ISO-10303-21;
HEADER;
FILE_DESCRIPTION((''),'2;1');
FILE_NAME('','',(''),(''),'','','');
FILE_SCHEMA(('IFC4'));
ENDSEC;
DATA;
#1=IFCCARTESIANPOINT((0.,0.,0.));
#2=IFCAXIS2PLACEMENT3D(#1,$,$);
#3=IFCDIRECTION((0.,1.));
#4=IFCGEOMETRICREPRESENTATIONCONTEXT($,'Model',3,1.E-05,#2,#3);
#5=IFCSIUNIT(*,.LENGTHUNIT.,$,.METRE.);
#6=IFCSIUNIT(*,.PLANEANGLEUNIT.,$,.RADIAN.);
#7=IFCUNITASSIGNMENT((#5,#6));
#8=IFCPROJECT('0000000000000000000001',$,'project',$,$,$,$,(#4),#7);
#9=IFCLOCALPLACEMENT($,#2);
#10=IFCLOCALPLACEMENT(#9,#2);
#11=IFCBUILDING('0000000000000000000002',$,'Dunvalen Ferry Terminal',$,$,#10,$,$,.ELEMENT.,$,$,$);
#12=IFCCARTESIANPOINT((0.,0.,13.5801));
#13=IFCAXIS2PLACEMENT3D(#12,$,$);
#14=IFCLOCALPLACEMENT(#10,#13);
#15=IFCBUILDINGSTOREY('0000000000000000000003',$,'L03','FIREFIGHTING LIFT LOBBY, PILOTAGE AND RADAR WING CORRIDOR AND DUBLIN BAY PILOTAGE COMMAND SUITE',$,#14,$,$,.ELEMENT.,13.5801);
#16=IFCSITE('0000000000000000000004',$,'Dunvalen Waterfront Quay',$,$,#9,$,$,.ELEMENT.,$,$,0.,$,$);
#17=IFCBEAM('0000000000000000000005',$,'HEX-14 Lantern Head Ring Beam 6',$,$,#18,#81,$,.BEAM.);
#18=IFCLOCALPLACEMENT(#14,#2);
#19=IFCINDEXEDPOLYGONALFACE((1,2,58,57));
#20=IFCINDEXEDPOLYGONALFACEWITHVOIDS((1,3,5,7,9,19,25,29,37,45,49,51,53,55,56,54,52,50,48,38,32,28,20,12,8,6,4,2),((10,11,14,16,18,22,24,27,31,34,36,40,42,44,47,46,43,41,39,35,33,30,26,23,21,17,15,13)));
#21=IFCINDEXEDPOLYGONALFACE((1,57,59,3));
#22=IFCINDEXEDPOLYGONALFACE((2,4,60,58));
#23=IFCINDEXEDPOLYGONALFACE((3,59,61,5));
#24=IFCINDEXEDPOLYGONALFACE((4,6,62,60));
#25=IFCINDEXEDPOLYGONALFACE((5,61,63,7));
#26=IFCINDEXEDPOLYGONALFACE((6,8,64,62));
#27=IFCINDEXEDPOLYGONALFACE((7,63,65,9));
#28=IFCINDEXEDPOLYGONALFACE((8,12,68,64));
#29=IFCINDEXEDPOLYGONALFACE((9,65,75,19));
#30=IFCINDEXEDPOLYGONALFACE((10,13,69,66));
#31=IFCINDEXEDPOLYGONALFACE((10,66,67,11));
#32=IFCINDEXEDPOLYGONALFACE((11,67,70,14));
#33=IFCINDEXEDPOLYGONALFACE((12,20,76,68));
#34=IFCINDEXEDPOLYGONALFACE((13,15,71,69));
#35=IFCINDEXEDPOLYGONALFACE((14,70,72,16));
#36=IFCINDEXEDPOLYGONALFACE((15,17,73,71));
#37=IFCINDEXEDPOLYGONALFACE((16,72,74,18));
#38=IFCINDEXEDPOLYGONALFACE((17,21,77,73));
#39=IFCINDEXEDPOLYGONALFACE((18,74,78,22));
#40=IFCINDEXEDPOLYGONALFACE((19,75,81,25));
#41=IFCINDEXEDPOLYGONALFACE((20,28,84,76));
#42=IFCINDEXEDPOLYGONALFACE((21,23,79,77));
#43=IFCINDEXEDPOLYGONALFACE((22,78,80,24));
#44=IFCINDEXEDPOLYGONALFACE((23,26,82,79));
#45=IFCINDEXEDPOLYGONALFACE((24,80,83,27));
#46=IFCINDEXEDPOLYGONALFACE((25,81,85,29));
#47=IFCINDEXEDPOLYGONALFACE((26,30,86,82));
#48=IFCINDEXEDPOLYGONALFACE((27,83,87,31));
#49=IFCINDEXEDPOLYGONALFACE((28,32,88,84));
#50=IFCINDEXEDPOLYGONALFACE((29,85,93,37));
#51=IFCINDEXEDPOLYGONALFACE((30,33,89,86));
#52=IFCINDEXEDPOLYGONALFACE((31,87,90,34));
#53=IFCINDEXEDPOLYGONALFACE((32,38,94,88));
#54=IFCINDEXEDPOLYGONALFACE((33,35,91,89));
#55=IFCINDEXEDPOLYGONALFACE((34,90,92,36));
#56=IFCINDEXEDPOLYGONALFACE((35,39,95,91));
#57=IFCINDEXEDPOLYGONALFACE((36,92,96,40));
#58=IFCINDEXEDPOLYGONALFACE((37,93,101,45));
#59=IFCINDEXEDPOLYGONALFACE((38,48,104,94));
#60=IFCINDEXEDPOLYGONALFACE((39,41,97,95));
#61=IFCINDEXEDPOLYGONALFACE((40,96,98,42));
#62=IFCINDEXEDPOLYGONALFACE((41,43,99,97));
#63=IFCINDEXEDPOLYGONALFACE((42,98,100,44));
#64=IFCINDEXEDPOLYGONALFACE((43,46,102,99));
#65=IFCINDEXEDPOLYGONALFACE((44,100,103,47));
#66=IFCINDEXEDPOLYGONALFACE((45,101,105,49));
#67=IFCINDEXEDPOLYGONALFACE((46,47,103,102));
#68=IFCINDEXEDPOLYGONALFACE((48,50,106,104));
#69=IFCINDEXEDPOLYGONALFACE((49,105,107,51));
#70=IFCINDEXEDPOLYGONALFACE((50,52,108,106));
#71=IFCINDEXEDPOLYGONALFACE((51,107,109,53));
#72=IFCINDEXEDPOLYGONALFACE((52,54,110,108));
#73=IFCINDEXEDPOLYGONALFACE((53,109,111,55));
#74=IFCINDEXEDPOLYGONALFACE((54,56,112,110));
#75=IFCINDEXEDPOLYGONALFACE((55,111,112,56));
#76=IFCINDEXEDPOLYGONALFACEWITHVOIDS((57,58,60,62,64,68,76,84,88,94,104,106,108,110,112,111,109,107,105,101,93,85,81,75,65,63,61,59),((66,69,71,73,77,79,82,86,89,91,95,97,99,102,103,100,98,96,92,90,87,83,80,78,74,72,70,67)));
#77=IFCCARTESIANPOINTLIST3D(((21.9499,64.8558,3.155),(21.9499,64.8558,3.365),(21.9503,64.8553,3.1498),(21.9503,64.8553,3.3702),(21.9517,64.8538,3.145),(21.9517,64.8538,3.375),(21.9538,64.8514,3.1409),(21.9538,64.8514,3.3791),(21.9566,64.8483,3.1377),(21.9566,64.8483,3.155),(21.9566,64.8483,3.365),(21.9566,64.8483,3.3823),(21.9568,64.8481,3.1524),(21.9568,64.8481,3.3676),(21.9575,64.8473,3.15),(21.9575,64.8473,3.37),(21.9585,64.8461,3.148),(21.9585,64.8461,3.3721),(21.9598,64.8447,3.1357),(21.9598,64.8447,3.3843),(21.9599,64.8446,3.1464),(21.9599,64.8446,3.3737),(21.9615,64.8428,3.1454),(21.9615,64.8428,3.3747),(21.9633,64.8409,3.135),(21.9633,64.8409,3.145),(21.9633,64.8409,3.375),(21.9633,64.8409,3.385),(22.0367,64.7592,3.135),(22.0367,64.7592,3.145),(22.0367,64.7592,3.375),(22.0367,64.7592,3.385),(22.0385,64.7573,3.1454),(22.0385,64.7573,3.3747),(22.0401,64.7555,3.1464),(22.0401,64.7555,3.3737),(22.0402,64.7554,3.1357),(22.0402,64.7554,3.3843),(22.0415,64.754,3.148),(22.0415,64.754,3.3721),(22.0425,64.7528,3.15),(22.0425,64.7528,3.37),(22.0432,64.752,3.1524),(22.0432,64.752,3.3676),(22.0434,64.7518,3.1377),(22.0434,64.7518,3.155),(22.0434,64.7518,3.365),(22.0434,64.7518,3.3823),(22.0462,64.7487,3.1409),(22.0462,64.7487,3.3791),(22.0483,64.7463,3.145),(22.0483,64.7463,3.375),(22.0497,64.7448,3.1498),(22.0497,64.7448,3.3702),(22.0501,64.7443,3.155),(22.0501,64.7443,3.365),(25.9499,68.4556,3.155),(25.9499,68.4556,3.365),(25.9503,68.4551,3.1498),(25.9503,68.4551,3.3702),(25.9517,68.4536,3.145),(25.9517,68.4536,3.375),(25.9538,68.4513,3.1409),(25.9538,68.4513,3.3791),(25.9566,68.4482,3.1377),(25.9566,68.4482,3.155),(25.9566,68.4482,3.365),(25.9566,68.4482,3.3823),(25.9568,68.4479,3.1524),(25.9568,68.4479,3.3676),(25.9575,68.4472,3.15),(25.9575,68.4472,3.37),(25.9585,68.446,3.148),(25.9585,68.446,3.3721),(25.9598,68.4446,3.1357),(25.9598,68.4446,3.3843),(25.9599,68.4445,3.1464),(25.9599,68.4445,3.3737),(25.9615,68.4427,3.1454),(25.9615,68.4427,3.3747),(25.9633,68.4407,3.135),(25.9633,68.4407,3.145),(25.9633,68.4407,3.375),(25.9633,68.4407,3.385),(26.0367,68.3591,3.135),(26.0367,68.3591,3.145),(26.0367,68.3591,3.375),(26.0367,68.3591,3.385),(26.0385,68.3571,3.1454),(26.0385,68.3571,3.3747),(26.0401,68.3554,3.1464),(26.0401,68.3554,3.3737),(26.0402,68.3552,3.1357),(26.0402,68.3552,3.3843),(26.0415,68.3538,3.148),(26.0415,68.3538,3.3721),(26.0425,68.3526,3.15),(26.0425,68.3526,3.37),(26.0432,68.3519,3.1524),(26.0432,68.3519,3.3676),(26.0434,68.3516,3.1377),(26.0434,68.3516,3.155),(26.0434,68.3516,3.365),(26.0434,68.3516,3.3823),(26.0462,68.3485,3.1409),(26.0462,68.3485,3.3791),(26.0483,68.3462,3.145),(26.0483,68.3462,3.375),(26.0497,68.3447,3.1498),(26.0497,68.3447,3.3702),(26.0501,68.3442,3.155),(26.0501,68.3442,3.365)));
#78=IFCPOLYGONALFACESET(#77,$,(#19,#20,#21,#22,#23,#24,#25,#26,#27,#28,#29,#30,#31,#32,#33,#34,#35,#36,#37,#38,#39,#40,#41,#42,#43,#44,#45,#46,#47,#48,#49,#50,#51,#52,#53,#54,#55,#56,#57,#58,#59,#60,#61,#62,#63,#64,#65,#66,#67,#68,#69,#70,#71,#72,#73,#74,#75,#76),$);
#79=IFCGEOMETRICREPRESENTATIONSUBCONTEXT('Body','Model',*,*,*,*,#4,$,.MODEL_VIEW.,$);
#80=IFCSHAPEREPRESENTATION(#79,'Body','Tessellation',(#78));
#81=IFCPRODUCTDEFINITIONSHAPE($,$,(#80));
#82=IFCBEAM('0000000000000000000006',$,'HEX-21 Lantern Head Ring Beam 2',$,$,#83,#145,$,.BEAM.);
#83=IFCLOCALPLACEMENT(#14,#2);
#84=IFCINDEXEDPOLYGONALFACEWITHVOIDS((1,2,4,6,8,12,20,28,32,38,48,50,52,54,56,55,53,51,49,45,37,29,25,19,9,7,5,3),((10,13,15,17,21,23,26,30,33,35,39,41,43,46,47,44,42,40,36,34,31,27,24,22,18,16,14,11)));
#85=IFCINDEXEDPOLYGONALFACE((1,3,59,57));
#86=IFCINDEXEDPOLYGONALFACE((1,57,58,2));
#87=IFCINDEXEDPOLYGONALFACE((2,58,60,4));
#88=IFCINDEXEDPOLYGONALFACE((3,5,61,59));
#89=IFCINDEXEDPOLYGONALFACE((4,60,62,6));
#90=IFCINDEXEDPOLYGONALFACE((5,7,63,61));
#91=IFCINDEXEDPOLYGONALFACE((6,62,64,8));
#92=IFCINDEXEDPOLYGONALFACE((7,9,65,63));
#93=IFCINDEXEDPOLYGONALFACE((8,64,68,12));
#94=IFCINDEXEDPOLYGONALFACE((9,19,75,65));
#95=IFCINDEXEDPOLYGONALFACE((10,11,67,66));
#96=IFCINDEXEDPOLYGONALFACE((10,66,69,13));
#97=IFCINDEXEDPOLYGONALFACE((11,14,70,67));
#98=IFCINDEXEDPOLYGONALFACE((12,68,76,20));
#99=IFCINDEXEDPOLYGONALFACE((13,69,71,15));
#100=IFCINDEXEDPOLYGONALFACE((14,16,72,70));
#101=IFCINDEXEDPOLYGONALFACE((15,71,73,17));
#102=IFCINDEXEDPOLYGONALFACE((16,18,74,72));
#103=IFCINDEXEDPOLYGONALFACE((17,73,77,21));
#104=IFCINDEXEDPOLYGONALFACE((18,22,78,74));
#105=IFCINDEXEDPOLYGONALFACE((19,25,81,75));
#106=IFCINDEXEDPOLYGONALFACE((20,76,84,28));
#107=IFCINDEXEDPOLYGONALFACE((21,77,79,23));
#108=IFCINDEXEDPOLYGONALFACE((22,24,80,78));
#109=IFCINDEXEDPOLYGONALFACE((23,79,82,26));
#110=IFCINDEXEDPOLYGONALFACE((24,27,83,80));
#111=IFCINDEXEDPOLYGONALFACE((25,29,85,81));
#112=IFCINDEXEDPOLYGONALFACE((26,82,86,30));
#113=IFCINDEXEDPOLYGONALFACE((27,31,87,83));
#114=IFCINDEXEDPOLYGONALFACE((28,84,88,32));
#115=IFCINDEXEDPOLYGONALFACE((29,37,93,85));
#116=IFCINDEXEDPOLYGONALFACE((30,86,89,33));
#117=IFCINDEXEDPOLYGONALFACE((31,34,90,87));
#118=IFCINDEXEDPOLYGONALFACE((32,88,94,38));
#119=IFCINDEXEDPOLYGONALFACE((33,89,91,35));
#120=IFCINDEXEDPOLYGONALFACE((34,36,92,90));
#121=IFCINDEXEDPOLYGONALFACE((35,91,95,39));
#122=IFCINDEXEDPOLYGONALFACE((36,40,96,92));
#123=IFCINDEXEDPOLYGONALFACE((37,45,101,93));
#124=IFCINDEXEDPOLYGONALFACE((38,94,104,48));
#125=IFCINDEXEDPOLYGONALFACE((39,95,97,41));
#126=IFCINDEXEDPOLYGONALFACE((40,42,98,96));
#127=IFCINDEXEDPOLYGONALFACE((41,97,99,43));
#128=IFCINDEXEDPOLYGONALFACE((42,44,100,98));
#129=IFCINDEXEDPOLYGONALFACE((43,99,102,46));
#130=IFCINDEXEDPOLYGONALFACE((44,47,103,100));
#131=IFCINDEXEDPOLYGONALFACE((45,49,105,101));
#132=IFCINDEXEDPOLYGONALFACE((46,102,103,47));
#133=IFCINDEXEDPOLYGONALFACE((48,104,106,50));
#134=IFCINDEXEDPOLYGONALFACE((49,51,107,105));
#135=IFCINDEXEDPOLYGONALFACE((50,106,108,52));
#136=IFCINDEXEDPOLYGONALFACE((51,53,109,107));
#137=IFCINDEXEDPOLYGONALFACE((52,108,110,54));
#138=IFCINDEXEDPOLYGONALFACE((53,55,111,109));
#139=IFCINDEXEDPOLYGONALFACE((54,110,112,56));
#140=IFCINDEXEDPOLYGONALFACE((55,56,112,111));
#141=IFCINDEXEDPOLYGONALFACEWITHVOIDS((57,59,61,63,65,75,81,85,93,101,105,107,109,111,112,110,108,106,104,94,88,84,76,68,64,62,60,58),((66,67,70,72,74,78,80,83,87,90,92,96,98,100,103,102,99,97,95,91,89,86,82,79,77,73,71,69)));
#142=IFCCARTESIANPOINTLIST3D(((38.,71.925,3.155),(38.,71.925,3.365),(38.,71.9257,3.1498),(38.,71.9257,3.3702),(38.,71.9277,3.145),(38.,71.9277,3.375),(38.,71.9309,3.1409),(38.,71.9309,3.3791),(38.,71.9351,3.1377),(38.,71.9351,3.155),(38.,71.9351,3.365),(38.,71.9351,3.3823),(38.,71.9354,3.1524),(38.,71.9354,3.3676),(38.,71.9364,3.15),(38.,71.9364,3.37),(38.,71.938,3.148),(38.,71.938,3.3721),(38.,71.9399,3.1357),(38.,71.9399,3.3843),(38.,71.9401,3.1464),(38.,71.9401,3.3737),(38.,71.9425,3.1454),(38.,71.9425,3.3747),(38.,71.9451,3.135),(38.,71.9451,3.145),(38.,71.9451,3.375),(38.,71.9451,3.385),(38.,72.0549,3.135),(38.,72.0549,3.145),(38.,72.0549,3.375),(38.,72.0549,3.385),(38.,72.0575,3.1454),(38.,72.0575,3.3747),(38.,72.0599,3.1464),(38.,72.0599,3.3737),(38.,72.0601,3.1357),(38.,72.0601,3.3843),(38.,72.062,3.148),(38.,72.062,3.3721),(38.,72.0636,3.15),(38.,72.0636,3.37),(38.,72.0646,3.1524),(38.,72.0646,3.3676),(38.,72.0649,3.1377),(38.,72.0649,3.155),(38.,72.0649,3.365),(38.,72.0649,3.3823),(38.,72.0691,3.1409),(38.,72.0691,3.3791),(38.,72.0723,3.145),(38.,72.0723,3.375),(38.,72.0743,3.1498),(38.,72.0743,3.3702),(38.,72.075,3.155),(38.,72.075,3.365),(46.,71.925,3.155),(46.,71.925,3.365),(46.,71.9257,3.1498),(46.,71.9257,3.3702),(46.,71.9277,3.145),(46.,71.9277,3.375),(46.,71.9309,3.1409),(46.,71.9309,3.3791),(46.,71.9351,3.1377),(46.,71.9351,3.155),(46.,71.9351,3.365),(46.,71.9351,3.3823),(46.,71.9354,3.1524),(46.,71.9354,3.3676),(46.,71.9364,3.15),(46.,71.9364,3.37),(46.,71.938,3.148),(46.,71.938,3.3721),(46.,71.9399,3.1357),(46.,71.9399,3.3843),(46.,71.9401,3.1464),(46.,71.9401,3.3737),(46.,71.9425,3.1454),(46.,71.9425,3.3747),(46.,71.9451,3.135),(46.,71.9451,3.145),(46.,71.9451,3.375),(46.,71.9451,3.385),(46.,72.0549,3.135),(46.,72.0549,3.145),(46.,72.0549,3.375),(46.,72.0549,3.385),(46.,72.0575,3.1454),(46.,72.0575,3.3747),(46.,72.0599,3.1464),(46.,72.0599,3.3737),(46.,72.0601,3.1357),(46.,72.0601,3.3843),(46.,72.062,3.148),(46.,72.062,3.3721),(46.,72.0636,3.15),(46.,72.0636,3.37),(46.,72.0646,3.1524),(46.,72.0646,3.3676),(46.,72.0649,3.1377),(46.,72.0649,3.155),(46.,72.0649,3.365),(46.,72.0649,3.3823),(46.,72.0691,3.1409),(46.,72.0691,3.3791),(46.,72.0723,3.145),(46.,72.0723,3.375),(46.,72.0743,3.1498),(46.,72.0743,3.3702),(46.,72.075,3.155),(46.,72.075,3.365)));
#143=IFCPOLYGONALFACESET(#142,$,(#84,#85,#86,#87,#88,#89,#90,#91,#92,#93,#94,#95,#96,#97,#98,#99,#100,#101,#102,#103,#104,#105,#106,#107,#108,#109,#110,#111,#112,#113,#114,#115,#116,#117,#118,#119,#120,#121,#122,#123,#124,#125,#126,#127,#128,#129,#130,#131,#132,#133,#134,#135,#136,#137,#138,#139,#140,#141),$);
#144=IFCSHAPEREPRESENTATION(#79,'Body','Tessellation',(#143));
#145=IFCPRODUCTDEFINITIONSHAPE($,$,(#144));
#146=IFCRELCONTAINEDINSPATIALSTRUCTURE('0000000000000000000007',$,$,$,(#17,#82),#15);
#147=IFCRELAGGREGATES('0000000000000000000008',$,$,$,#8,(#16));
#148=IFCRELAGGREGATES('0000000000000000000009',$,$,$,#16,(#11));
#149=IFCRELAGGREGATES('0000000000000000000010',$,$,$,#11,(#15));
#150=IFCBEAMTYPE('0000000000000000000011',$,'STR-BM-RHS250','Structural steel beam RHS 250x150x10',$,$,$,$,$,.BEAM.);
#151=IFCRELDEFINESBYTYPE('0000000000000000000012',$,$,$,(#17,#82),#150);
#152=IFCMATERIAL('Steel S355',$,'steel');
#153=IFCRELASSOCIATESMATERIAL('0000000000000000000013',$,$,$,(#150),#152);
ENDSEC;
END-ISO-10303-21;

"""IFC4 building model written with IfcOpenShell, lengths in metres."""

from ifc_helpers import new_model, si_unit, direction, frame, origin, origin_2d, place, context, subcontext, project, spatial, hollow_rectangle, extrude, material, material_profile, profile_set, type_object, element, save


model = new_model("IFC4")

# Units and contexts
model_context = context("Model", 3, precision=1e-05, world=origin(), true_north=direction((0.0, 1.0)))
body_context = subcontext(model_context, "Body", "Model", "MODEL_VIEW")
ifc_project = project(units=[si_unit("LENGTHUNIT", "METRE"), si_unit("PLANEANGLEUNIT", "RADIAN")], contexts=[model_context])

# Site, building, storey
site_placement = place(None, origin())
site = spatial("IfcSite", under=ifc_project, at=site_placement, Name="Dunvalen Waterfront Quay", CompositionType="ELEMENT", RefElevation=0.0)
building_placement = place(site_placement, origin())
building = spatial("IfcBuilding", under=site, at=building_placement, Name="Dunvalen Ferry Terminal", CompositionType="ELEMENT")
storey_placement = place(building_placement, frame((0.0, 0.0, 13.5801)))
storey = spatial("IfcBuildingStorey", under=building, at=storey_placement, Name="L03", Description="FIREFIGHTING LIFT LOBBY, PILOTAGE AND RADAR WING CORRIDOR AND DUBLIN BAY PILOTAGE COMMAND SUITE", CompositionType="ELEMENT", Elevation=13.5801)

# Beams
ifc_material_1 = material(Name="Steel S355", Category="steel")
ifc_material_profile_1 = material_profile(ifc_material_1, hollow_rectangle(XDim=0.1499, YDim=0.25, WallThickness=0.01, InnerFilletRadius=0.01, OuterFilletRadius=0.02, at=origin_2d()), Name="Steel S355")
ifc_profile_set_1 = profile_set([ifc_material_profile_1], Name="Steel S355")
beam_type_1 = type_object("IfcBeamType", Name="STR-BM-RHS250", Description="Structural steel beam RHS 250x150x10", PredefinedType="BEAM", material=ifc_profile_set_1)
beam_1_placement = place(storey_placement, frame((26.0, 68.3999, 3.26), z_axis=(-0.743308, -0.66895, 0.0), x_axis=(0.66895, -0.743308, 0.0)))
element("IfcBeam", 1, at=beam_1_placement, inside=storey, type_object=beam_type_1, Name="HEX-14 Lantern Head Ring Beam 6", PredefinedType="BEAM", context=body_context, shape_type="SweptSolid", body=[
    extrude(hollow_rectangle(XDim=0.1499, YDim=0.25, WallThickness=0.01, InnerFilletRadius=0.01, OuterFilletRadius=0.02, at=origin_2d()), origin(), (0.0, 0.0, 1.0), 5.3813),
])
beam_2_placement = place(storey_placement, frame((38.0, 72.0, 3.26), z_axis=(1.0, 0.0, 0.0), x_axis=(0.0, 1.0, 0.0)))
element("IfcBeam", 2, at=beam_2_placement, inside=storey, type_object=beam_type_1, Name="HEX-21 Lantern Head Ring Beam 2", PredefinedType="BEAM", context=body_context, shape_type="SweptSolid", body=[
    extrude(hollow_rectangle(XDim=0.1499, YDim=0.25, WallThickness=0.01, InnerFilletRadius=0.01, OuterFilletRadius=0.02, at=origin_2d()), origin(), (0.0, 0.0, 1.0), 8.0),
])

save(model, "model.ifc")
